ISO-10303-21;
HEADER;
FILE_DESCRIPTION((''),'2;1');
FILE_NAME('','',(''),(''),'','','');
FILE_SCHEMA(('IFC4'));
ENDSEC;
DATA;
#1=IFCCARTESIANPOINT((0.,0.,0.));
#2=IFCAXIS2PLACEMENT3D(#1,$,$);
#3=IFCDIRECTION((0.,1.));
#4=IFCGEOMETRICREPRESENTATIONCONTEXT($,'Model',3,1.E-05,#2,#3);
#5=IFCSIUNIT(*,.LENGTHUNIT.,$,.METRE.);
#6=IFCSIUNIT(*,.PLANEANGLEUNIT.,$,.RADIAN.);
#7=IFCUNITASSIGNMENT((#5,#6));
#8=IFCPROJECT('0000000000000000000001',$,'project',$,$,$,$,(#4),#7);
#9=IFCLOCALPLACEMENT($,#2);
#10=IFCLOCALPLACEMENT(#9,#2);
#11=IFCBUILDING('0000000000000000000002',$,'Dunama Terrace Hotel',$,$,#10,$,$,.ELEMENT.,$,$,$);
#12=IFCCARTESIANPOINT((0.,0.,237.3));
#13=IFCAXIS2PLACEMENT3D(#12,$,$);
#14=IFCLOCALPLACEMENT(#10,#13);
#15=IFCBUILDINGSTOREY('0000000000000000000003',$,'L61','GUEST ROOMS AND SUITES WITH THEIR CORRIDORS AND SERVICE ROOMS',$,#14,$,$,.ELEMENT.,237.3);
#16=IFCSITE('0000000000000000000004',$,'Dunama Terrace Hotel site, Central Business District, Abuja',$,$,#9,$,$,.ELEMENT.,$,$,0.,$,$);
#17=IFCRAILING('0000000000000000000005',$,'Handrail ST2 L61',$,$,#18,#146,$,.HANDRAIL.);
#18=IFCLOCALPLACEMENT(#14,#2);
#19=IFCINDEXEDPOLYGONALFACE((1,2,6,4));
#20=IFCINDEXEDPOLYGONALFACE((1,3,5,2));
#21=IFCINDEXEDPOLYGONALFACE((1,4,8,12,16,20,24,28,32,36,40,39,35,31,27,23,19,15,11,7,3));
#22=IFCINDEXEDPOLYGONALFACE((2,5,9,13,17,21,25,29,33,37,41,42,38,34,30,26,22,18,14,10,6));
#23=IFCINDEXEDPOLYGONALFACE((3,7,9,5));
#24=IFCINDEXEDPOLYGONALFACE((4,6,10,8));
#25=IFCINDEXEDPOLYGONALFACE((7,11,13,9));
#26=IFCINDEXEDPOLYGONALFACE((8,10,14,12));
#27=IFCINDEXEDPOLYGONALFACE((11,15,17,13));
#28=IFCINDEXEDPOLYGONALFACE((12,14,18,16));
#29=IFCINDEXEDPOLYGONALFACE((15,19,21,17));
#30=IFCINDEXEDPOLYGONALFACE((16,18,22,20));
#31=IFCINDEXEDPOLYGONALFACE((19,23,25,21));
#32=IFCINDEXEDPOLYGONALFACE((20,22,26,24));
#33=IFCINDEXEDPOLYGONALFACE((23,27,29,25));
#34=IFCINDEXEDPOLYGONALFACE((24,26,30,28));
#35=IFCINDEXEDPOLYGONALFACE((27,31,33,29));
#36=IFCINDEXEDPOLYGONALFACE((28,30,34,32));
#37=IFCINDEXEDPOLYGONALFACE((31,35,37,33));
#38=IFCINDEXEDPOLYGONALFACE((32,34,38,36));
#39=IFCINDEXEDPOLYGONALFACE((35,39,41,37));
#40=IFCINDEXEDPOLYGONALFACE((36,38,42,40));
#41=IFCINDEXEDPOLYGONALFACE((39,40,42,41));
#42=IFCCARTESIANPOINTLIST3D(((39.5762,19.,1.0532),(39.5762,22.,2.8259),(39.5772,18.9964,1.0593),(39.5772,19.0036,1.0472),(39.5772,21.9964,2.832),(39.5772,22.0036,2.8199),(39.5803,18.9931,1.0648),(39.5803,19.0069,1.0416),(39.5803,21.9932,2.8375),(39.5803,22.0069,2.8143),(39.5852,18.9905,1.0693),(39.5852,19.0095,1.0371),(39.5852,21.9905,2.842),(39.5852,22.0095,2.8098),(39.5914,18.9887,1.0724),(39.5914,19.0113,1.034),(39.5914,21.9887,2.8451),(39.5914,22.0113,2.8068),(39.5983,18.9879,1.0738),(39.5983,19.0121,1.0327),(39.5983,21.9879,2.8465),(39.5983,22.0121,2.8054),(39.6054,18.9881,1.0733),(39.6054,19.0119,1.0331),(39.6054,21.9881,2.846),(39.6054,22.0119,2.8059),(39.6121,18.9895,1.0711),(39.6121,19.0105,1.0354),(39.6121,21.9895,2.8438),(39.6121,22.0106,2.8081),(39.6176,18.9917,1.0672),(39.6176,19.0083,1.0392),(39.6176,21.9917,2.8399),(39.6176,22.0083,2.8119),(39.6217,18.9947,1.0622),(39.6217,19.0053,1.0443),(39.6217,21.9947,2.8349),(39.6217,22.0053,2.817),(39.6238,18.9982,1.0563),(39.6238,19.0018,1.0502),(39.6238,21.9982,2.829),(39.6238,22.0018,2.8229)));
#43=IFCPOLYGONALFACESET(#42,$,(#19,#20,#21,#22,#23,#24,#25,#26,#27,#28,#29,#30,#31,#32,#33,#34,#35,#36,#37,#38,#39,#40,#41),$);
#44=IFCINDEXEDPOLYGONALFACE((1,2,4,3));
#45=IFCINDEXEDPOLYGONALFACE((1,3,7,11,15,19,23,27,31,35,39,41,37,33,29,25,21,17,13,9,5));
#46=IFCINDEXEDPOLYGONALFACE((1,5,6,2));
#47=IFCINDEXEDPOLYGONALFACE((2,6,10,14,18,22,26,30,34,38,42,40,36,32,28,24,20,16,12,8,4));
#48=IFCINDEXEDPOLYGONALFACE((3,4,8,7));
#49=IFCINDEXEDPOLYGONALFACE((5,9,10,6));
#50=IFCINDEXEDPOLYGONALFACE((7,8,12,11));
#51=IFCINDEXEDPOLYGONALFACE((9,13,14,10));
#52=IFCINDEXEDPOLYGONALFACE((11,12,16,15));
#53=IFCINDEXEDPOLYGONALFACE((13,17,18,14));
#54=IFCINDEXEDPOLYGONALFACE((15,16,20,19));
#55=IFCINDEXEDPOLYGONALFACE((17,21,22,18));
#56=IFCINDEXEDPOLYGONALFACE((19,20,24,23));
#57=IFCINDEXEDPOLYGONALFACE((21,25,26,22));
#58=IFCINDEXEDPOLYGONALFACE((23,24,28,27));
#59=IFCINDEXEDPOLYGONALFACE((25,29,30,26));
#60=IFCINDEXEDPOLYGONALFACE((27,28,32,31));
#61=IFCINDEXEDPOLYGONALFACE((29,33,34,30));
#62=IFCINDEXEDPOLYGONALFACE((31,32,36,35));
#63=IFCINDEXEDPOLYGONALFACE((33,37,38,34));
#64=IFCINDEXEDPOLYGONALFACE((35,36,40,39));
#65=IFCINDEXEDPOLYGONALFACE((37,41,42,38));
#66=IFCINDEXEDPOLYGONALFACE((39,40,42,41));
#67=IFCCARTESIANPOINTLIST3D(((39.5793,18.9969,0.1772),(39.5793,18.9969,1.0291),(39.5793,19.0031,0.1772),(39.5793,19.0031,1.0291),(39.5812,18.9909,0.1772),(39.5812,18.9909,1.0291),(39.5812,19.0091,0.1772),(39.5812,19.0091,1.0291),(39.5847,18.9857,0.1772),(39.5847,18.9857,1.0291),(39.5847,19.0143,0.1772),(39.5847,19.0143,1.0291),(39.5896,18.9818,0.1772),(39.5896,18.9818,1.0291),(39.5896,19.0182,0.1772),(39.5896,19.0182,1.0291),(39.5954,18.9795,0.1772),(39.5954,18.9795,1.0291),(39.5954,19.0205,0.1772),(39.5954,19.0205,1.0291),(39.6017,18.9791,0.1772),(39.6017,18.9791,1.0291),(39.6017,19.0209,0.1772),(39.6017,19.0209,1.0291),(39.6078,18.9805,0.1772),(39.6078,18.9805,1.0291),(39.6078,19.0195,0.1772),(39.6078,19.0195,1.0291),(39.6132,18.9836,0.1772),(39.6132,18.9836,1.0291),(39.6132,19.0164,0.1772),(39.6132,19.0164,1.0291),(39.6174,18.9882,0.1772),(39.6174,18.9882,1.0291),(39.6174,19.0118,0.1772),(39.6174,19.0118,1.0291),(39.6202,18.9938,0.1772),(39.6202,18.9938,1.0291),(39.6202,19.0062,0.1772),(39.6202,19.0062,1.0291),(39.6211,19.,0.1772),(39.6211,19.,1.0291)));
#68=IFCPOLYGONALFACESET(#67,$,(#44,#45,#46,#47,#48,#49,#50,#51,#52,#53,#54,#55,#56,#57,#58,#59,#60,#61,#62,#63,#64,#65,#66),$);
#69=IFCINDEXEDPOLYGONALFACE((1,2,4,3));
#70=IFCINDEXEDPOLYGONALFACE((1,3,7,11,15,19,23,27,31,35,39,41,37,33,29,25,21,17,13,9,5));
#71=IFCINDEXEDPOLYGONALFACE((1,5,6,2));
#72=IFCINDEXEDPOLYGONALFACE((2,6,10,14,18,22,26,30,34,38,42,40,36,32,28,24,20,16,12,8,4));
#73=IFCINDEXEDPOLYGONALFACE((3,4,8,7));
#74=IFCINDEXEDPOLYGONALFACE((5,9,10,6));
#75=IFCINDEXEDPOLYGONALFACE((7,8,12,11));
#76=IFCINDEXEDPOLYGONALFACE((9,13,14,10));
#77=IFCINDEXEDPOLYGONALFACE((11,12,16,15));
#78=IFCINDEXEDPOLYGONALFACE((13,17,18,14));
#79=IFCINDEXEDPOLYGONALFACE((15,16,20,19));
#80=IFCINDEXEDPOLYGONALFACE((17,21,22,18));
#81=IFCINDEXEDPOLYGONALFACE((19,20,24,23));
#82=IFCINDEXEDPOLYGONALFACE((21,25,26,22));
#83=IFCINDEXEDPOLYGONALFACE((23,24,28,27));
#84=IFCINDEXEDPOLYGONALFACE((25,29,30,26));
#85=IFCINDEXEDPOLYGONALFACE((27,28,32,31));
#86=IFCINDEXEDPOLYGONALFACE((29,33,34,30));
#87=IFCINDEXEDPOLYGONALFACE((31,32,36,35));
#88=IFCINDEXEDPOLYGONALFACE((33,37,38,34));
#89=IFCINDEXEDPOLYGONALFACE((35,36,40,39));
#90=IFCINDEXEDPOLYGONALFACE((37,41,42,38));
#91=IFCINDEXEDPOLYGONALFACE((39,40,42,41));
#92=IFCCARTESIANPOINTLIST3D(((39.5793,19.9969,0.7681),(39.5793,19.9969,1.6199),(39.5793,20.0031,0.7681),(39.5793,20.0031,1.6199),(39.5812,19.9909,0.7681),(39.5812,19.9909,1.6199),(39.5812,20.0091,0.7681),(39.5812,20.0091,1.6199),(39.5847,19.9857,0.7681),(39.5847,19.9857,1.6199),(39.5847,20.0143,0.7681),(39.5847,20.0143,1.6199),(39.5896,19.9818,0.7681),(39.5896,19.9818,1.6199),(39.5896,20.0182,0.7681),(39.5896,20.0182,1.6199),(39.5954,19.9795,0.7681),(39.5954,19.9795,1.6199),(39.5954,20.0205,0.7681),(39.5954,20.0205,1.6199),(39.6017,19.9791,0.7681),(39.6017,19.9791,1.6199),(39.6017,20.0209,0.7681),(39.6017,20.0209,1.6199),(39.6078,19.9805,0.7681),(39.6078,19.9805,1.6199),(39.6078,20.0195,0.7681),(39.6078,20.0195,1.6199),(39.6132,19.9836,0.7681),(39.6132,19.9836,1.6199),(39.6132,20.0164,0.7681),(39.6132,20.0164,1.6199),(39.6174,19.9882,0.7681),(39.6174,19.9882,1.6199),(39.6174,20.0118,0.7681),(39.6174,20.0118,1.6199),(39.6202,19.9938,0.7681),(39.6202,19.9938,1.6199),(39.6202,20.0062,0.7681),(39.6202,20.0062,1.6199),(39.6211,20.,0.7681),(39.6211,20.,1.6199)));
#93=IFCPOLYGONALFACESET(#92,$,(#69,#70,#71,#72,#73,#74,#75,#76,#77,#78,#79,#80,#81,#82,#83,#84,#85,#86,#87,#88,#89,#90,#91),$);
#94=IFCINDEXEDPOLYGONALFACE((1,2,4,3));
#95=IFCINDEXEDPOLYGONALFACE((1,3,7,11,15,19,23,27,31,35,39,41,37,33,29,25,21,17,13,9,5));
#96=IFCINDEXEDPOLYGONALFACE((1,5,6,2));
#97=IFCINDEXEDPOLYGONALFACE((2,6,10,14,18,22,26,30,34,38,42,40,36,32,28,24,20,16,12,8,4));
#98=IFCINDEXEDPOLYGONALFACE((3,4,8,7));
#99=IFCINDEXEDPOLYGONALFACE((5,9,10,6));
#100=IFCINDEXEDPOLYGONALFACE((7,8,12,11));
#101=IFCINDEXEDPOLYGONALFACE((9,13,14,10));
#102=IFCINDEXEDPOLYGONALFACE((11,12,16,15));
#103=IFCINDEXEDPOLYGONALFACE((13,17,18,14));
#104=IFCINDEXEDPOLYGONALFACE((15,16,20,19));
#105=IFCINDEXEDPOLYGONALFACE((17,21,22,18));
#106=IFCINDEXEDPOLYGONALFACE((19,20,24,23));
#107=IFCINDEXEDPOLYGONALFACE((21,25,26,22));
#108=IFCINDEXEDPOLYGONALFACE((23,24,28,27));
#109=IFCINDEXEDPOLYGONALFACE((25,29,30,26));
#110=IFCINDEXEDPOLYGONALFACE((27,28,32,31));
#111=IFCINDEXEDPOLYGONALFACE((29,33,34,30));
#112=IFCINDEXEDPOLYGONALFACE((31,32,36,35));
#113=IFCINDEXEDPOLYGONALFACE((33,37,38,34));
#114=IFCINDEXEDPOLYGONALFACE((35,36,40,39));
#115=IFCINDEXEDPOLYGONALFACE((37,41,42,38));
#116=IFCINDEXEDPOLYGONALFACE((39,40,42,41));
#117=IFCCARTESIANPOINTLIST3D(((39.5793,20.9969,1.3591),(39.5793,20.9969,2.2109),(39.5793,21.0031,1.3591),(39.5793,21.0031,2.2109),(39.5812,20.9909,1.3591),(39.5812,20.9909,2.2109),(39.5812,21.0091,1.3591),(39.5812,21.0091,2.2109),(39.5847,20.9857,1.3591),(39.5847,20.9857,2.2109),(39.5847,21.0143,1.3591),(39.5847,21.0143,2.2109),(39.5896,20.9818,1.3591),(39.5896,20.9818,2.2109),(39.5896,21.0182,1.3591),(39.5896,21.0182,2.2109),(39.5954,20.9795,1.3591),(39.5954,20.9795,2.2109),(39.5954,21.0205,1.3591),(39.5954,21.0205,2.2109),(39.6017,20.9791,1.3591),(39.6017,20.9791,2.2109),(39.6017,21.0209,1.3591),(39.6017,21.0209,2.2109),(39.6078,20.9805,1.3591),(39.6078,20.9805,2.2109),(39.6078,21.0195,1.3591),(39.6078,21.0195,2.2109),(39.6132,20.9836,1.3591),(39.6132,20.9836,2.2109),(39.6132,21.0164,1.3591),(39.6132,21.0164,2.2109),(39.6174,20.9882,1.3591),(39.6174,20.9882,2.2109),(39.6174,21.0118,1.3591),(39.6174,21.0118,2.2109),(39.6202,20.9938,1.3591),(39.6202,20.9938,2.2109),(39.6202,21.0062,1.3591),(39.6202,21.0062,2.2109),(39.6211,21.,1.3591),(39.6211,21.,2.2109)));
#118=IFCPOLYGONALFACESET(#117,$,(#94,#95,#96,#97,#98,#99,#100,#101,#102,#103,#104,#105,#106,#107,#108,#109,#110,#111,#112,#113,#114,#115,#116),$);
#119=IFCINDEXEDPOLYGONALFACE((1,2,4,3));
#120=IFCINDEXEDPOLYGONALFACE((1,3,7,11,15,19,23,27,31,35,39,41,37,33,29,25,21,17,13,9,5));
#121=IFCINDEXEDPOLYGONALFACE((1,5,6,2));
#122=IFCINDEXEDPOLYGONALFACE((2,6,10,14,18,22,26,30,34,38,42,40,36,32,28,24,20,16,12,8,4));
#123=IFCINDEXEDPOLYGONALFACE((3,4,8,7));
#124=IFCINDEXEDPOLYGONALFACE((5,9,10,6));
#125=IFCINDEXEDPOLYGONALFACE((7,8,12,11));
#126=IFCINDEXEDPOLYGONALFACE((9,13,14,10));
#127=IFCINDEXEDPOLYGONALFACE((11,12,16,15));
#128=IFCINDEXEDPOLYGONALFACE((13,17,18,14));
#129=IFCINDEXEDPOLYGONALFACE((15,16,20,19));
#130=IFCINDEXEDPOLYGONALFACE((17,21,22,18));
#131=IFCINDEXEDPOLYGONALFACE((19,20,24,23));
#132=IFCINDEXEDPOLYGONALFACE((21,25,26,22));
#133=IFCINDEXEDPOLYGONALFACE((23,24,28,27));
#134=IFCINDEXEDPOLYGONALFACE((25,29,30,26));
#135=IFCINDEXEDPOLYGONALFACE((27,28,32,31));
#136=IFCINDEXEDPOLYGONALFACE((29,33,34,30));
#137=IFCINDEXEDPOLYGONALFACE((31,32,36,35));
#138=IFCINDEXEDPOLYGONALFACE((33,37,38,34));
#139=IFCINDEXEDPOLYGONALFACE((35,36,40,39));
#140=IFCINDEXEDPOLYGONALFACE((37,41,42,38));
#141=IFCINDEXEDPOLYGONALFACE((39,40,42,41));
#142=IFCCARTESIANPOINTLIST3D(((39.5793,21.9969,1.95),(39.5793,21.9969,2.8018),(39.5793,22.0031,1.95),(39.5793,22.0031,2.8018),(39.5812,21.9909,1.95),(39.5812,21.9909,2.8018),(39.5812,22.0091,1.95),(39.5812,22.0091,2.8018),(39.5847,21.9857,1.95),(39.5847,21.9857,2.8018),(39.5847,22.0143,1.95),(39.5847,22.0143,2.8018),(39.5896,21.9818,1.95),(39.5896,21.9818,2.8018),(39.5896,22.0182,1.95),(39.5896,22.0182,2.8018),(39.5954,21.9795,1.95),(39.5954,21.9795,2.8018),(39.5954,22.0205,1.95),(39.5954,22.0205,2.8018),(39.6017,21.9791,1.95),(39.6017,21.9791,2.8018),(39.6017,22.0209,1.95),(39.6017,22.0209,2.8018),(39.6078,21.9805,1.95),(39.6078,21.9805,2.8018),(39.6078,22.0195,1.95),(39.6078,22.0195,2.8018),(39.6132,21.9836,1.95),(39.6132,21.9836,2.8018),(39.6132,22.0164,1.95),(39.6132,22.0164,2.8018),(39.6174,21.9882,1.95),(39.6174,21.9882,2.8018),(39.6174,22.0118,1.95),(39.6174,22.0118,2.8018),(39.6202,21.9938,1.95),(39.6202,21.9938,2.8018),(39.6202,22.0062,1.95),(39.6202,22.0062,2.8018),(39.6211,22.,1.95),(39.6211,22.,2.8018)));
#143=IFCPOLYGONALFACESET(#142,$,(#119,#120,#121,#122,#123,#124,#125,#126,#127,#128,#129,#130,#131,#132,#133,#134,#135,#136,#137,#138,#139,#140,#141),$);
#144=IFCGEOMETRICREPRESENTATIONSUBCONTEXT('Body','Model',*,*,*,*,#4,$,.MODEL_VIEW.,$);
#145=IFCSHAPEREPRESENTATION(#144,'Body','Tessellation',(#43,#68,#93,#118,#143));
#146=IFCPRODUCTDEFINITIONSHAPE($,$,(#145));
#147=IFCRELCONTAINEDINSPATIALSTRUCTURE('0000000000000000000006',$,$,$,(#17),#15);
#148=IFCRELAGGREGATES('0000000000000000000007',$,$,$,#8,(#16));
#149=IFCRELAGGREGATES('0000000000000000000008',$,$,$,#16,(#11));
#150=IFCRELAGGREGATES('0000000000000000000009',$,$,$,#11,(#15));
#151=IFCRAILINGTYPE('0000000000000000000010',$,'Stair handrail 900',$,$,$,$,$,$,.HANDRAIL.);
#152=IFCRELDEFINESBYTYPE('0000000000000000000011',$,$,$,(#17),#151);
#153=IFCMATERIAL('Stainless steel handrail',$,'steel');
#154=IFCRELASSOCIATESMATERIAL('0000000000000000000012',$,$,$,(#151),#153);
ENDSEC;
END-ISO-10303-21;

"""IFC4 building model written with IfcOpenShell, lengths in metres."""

from ifc_helpers import new_model, si_unit, direction, frame, origin, origin_2d, place, context, subcontext, project, spatial, circle, extrude, material, type_object, element, save


model = new_model("IFC4")

# Units and contexts
model_context = context("Model", 3, precision=1e-05, world=origin(), true_north=direction((0.0, 1.0)))
body_context = subcontext(model_context, "Body", "Model", "MODEL_VIEW")
ifc_project = project(units=[si_unit("LENGTHUNIT", "METRE"), si_unit("PLANEANGLEUNIT", "RADIAN")], contexts=[model_context])

# Site, building, storey
site_placement = place(None, origin())
site = spatial("IfcSite", under=ifc_project, at=site_placement, Name="Dunama Terrace Hotel site, Central Business District, Abuja", CompositionType="ELEMENT", RefElevation=0.0)
building_placement = place(site_placement, origin())
building = spatial("IfcBuilding", under=site, at=building_placement, Name="Dunama Terrace Hotel", CompositionType="ELEMENT")
storey_placement = place(building_placement, frame((0.0, 0.0, 237.3)))
storey = spatial("IfcBuildingStorey", under=building, at=storey_placement, Name="L61", Description="GUEST ROOMS AND SUITES WITH THEIR CORRIDORS AND SERVICE ROOMS", CompositionType="ELEMENT", Elevation=237.3)

# Railing
ifc_material_1 = material(Name="Stainless steel handrail", Category="steel")
railing_type_1 = type_object("IfcRailingType", Name="Stair handrail 900", PredefinedType="HANDRAIL", material=ifc_material_1)
railing_1_placement = place(storey_placement, frame((39.6001, 19.0, 0.1772)))
element("IfcRailing", 1, at=railing_1_placement, inside=storey, type_object=railing_type_1, Name="Handrail ST2 L61", PredefinedType="HANDRAIL", context=body_context, shape_type="SweptSolid", body=[
    extrude(circle(Radius=0.0239, at=origin_2d()), frame((0.0, 0.0, 0.876), z_axis=(0.0, 0.860929, 0.508725), x_axis=(-1.0, 0.0, 0.0)), (0.0, 0.0, 1.0), 3.4846),
    extrude(circle(Radius=0.021, at=origin_2d()), origin(), (0.0, 0.0, 1.0), 0.8518),
    extrude(circle(Radius=0.021, at=origin_2d()), frame((0.0, 1.0, 0.5908)), (0.0, 0.0, 1.0), 0.8518),
    extrude(circle(Radius=0.021, at=origin_2d()), frame((0.0, 2.0, 1.1819)), (0.0, 0.0, 1.0), 0.8518),
    extrude(circle(Radius=0.021, at=origin_2d()), frame((0.0, 3.0, 1.7727)), (0.0, 0.0, 1.0), 0.8518),
])

save(model, "model.ifc")
